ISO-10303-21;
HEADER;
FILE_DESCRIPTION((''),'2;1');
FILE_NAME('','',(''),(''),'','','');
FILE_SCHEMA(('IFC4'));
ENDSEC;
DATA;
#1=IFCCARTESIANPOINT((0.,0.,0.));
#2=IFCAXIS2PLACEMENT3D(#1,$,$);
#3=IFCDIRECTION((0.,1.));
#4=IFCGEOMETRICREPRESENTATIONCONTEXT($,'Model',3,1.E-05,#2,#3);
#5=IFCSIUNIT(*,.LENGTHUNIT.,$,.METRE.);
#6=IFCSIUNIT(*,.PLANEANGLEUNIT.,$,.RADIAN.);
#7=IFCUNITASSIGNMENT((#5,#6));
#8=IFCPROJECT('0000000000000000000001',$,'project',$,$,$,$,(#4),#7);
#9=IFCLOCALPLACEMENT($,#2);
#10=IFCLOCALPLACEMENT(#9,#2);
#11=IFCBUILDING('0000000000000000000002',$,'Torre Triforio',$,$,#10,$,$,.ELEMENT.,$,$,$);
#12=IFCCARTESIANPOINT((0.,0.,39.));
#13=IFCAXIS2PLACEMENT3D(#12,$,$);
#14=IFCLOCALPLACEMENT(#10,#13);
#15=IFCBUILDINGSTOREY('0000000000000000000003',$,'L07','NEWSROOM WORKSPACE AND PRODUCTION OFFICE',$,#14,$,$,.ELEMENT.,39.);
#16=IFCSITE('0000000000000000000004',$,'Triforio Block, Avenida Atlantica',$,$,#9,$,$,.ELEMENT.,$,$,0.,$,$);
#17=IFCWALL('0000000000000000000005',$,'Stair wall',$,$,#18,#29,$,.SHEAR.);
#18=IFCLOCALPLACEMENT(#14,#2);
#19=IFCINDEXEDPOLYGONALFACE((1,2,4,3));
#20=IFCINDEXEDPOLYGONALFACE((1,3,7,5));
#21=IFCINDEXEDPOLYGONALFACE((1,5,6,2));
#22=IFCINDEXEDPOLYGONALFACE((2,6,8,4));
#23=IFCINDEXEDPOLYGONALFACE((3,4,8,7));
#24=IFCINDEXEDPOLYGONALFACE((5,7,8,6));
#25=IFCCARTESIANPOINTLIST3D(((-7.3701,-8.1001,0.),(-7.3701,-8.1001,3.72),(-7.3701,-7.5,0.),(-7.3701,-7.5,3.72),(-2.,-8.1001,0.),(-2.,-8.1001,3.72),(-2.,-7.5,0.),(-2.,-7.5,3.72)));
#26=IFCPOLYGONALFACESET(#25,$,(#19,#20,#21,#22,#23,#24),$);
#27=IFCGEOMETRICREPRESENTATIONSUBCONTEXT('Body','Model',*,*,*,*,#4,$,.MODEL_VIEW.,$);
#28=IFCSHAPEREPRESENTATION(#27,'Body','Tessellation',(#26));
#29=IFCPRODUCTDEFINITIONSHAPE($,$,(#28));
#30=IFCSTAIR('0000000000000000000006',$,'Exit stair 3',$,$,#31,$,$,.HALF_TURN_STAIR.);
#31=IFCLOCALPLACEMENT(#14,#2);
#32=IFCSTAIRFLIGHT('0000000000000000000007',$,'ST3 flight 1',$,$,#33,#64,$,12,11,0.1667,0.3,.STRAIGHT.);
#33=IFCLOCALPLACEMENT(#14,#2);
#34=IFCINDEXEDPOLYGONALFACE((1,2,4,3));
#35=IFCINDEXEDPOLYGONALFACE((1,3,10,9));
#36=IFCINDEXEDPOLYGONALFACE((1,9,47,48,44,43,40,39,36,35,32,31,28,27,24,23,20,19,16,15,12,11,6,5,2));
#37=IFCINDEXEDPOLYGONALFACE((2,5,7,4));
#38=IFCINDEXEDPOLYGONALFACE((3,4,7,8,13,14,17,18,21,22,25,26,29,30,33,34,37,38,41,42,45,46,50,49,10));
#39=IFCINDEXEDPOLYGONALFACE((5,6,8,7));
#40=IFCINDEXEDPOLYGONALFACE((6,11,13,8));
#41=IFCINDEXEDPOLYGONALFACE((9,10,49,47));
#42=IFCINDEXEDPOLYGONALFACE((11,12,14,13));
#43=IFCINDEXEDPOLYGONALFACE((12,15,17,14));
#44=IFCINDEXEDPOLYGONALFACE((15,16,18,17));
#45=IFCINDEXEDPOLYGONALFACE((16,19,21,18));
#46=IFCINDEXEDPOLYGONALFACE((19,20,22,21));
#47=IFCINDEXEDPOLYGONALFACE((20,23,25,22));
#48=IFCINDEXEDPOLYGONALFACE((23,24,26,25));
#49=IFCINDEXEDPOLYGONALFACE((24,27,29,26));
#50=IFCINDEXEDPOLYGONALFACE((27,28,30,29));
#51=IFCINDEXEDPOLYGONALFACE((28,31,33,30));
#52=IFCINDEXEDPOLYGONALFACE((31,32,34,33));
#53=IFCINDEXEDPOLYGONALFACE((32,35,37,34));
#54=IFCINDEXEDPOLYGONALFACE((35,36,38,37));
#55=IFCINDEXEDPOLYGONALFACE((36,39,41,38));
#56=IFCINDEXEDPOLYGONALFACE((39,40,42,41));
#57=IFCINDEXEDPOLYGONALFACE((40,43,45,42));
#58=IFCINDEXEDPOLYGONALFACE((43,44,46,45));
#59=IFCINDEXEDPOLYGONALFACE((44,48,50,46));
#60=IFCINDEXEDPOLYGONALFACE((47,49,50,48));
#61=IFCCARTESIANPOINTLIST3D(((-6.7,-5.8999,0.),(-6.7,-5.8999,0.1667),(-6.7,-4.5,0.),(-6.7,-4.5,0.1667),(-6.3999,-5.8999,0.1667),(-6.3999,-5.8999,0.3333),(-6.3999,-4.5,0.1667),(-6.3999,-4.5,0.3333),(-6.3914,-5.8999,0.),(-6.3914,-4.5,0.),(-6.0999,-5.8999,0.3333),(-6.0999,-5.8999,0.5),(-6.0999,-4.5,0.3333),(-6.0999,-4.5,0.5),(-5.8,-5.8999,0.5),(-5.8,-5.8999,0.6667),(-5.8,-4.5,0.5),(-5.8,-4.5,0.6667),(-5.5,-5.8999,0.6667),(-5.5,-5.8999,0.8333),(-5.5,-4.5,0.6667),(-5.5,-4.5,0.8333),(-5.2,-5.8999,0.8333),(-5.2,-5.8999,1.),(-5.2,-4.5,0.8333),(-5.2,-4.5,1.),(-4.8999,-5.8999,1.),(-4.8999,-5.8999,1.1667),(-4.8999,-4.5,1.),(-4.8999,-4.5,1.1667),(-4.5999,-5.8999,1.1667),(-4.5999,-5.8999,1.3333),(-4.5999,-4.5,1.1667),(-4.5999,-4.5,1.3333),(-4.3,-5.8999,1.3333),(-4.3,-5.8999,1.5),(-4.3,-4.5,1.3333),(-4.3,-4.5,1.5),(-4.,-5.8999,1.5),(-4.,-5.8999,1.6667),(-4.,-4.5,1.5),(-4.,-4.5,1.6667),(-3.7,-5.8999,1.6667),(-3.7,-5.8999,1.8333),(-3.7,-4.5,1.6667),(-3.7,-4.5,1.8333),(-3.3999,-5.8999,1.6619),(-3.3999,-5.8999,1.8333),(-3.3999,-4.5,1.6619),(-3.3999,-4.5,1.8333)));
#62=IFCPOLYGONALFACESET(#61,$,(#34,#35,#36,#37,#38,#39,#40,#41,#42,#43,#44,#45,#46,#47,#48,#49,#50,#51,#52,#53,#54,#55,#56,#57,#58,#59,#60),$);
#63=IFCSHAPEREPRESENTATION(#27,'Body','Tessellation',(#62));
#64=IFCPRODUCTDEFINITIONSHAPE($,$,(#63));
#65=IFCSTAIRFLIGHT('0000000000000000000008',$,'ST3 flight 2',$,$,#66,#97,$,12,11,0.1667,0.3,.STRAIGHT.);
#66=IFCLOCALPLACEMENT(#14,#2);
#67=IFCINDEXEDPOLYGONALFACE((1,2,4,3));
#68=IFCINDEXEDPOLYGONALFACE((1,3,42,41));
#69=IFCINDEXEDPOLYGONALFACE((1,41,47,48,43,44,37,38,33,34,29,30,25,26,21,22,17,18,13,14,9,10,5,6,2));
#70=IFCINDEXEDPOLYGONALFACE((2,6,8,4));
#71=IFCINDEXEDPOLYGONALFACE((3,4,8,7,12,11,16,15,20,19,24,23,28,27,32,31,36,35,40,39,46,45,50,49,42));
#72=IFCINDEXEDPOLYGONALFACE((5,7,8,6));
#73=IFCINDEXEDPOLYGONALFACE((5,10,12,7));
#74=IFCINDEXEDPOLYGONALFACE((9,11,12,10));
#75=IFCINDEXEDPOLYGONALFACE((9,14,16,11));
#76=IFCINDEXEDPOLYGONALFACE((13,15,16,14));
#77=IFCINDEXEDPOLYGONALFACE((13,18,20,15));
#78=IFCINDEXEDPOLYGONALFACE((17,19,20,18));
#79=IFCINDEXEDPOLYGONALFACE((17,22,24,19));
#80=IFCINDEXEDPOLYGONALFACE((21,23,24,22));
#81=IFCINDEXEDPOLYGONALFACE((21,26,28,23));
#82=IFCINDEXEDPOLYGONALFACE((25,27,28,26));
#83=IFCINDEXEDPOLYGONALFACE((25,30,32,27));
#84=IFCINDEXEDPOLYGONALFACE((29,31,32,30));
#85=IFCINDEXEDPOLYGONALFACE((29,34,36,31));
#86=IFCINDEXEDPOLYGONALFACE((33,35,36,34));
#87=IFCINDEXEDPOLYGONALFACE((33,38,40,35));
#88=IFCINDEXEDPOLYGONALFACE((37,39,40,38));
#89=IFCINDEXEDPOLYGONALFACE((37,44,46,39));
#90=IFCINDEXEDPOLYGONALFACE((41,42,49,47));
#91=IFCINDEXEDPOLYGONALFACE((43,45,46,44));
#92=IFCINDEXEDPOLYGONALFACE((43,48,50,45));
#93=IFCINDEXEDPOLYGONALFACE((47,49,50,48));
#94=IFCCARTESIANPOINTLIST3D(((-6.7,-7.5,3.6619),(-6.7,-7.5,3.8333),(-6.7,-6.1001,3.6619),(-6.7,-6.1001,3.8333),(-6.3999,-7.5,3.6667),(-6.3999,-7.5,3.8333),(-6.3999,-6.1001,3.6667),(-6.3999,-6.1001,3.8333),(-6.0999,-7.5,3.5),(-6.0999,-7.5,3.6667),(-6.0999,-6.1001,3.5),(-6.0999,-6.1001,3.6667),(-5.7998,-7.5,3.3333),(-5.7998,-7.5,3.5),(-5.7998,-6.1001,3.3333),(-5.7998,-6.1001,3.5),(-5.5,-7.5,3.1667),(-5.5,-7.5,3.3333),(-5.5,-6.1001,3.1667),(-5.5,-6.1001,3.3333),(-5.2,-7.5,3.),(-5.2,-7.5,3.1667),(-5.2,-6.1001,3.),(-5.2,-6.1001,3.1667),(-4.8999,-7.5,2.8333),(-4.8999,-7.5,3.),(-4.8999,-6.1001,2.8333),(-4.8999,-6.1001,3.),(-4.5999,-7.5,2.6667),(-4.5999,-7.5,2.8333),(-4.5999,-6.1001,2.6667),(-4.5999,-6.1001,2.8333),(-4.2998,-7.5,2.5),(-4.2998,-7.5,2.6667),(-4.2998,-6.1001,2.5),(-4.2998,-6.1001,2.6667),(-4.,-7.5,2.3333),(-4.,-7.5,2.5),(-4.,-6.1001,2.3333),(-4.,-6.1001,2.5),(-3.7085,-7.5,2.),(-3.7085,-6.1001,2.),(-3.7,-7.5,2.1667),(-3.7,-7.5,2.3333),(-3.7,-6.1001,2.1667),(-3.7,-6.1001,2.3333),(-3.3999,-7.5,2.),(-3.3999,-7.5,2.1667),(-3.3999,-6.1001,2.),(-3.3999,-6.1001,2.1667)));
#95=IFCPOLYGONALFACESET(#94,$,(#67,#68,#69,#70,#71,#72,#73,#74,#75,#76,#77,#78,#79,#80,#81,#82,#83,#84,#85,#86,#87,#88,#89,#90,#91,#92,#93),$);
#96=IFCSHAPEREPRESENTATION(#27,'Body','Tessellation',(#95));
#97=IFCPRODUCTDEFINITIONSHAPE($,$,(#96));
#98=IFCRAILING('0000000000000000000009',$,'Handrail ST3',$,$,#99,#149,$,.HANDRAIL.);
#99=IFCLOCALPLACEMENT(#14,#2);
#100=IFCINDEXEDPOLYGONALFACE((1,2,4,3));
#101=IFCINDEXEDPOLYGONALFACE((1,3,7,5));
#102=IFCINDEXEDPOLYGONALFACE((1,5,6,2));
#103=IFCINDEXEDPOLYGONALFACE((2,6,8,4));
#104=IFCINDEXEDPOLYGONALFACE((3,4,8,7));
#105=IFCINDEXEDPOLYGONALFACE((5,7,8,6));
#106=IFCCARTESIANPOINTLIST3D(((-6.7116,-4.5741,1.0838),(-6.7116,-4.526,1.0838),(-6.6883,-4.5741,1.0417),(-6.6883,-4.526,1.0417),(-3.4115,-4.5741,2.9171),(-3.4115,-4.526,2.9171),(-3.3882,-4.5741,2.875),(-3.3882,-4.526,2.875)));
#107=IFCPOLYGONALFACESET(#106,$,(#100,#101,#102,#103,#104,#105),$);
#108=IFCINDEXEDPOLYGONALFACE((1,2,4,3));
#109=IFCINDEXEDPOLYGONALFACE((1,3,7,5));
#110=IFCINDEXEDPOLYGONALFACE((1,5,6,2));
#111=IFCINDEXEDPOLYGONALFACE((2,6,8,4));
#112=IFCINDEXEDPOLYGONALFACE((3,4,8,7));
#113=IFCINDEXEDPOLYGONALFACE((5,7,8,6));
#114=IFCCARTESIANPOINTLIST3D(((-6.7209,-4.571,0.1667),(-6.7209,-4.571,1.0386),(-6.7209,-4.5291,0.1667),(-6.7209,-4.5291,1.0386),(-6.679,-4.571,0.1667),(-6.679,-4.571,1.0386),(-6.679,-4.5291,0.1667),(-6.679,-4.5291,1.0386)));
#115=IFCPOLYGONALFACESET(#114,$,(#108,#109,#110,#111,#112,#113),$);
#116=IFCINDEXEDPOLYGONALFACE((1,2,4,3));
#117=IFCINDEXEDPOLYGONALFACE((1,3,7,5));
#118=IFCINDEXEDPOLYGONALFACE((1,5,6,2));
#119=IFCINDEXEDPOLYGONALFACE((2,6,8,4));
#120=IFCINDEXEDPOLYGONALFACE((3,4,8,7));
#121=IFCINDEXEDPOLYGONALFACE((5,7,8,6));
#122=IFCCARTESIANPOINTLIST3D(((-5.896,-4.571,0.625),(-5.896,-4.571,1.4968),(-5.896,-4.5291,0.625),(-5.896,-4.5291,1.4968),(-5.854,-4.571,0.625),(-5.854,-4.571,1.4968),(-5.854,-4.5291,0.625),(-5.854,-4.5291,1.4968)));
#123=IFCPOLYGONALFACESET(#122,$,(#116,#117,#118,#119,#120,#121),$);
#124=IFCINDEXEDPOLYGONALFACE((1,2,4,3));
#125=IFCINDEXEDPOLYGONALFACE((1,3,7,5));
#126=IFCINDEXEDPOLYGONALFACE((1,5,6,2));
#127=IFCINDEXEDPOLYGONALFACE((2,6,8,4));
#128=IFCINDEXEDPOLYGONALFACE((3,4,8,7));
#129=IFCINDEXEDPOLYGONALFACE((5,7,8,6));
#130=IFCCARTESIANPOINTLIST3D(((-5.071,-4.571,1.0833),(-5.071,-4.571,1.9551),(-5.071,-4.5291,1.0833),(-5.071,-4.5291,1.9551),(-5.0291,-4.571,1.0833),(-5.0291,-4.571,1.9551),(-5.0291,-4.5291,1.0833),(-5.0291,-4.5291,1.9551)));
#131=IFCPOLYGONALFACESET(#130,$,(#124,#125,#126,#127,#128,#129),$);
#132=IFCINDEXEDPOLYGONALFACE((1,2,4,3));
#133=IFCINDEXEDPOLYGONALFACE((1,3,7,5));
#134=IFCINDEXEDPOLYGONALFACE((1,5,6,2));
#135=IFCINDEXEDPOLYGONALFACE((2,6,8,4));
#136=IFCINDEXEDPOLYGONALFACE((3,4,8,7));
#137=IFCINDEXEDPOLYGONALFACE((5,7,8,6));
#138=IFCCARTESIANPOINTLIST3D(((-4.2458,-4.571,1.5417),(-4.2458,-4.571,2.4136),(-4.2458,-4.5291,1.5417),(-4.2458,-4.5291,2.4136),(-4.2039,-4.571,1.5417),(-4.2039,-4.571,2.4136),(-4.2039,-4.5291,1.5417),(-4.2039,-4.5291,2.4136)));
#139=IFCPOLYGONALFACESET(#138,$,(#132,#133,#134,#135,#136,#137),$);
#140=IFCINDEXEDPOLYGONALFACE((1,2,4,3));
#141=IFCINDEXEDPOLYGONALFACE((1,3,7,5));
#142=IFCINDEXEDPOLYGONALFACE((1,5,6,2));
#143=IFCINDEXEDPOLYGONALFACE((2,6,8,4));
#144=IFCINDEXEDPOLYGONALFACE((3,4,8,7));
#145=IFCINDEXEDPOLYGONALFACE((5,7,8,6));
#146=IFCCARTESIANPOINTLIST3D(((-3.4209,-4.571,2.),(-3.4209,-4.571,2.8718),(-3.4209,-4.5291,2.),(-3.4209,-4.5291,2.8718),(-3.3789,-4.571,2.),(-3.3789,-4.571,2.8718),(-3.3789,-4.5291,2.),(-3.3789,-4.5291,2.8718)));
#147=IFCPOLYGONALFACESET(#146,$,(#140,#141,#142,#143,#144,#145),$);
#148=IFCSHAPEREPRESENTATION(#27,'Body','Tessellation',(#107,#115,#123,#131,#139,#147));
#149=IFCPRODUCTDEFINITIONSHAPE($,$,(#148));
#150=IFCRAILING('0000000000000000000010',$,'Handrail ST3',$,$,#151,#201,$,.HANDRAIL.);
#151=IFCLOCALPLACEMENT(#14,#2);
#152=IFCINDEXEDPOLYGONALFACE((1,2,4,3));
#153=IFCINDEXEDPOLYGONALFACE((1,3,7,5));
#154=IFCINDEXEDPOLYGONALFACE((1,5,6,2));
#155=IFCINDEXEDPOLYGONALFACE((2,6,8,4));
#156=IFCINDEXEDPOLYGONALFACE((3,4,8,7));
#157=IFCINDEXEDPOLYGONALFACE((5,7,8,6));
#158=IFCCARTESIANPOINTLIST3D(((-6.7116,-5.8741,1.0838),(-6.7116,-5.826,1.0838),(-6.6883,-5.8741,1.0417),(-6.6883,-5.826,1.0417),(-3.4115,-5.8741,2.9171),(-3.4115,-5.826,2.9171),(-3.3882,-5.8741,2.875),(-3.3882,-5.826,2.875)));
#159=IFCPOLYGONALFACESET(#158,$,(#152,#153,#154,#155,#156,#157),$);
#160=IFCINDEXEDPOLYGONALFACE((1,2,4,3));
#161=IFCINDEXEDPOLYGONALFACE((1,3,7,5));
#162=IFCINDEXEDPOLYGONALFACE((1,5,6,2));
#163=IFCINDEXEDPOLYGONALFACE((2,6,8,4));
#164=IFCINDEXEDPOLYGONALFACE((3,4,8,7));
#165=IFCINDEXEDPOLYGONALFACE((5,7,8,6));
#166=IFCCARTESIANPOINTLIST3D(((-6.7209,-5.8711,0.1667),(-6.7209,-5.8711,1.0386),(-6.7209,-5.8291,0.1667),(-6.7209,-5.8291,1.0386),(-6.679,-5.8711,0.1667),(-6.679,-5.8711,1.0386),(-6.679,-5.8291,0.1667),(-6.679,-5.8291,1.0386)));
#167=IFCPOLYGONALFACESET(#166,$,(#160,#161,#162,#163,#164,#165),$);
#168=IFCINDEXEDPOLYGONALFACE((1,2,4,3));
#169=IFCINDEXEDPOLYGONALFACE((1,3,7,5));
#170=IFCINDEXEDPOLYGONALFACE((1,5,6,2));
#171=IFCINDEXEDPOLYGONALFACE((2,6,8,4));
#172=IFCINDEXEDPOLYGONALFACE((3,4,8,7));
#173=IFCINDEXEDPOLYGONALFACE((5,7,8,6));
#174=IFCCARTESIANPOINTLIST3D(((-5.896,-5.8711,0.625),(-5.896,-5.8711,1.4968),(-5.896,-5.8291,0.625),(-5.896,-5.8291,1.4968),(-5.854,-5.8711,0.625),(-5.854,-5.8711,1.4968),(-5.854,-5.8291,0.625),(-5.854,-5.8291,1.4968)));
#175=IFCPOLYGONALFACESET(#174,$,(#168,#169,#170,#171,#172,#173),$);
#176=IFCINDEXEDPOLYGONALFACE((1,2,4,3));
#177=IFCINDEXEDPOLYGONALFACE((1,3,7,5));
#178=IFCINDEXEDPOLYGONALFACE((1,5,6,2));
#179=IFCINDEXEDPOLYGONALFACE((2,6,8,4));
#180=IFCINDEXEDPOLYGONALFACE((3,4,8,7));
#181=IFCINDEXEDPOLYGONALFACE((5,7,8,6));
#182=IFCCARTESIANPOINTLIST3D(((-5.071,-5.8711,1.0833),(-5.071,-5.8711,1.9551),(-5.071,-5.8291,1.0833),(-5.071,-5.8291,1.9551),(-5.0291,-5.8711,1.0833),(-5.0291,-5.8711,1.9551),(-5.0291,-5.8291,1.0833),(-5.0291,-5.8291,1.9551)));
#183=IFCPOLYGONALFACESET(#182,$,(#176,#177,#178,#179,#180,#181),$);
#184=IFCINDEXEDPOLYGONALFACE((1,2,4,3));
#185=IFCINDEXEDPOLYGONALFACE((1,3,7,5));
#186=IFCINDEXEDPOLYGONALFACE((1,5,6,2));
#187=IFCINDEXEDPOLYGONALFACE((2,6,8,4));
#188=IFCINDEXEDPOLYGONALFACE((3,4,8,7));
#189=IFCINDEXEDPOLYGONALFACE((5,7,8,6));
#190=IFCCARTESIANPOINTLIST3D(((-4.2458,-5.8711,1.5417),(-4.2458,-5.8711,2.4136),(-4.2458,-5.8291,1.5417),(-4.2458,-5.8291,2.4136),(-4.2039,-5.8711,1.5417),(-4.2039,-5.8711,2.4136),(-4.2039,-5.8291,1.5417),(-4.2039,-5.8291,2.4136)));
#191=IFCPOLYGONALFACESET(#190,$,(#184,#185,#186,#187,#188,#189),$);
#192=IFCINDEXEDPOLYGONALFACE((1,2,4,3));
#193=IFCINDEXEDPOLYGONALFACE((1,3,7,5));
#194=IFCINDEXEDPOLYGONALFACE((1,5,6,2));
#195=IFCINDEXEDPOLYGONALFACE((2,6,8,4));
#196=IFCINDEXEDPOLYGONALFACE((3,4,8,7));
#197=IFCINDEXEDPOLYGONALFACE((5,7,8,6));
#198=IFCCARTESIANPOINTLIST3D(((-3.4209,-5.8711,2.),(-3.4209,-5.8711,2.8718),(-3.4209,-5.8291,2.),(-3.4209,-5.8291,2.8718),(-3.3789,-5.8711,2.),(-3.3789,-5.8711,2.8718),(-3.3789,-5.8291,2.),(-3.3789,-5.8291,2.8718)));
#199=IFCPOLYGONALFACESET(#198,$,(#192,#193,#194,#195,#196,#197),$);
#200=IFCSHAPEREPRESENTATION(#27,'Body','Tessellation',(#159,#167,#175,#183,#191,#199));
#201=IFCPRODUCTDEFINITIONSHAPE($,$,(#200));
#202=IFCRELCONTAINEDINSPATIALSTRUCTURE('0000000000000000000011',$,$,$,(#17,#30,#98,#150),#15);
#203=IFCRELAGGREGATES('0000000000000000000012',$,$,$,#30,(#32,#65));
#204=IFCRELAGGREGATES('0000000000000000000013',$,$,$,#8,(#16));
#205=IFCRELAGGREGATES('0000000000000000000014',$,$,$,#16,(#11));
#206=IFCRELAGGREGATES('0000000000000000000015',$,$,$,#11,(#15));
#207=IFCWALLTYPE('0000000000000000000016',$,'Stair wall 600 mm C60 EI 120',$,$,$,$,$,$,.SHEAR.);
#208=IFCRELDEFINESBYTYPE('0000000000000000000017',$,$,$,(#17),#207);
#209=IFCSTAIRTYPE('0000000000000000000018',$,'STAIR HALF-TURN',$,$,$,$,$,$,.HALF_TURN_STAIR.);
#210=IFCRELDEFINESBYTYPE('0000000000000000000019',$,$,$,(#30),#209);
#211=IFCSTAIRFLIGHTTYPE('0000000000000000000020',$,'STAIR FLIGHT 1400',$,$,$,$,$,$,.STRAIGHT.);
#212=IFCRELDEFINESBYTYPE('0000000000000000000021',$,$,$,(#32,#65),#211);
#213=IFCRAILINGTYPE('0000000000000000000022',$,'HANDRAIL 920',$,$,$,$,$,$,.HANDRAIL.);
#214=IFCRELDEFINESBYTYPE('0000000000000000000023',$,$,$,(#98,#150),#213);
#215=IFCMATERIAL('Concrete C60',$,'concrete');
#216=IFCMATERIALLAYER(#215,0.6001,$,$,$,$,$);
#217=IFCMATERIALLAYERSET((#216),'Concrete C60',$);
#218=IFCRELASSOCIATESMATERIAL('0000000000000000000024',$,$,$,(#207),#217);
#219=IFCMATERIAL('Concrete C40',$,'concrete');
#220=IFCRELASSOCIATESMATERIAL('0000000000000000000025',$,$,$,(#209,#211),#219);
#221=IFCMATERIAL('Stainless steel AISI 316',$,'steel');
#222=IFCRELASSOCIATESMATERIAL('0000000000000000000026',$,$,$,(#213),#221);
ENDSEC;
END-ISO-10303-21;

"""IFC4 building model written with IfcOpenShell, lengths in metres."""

from ifc_helpers import new_model, si_unit, direction, frame, frame_2d, origin, origin_2d, place, context, subcontext, project, spatial, polyline, rectangle, outline, extrude, material, layer, layer_set, type_object, element, aggregate, save


model = new_model("IFC4")

# Units and contexts
model_context = context("Model", 3, precision=1e-05, world=origin(), true_north=direction((0.0, 1.0)))
body_context = subcontext(model_context, "Body", "Model", "MODEL_VIEW")
ifc_project = project(units=[si_unit("LENGTHUNIT", "METRE"), si_unit("PLANEANGLEUNIT", "RADIAN")], contexts=[model_context])

# Site, building, storey
site_placement = place(None, origin())
site = spatial("IfcSite", under=ifc_project, at=site_placement, Name="Triforio Block, Avenida Atlantica", CompositionType="ELEMENT", RefElevation=0.0)
building_placement = place(site_placement, origin())
building = spatial("IfcBuilding", under=site, at=building_placement, Name="Torre Triforio", CompositionType="ELEMENT")
storey_placement = place(building_placement, frame((0.0, 0.0, 39.0)))
storey = spatial("IfcBuildingStorey", under=building, at=storey_placement, Name="L07", Description="NEWSROOM WORKSPACE AND PRODUCTION OFFICE", CompositionType="ELEMENT", Elevation=39.0)

# Shared definitions
ifc_material_1 = material(Name="Concrete C60", Category="concrete")

# Wall
ifc_layer_1 = layer(ifc_material_1, 0.6001)
ifc_layer_set_1 = layer_set([ifc_layer_1], Name="Concrete C60")
wall_type_1 = type_object("IfcWallType", Name="Stair wall 600 mm C60 EI 120", PredefinedType="SHEAR", material=ifc_layer_set_1)
wall_1_placement = place(storey_placement, frame((-7.3701, -7.8, 0.0), z_axis=(0.0, 0.0, 1.0), x_axis=(1.0, 0.0, 0.0)))
element("IfcWall", 1, at=wall_1_placement, inside=storey, type_object=wall_type_1, Name="Stair wall", PredefinedType="SHEAR", context=body_context, shape_type="SweptSolid", body=[
    extrude(rectangle(XDim=5.3701, YDim=0.6001, at=frame_2d((2.6851, 0.0))), origin(), (0.0, 0.0, 1.0), 3.72),
])

# Stair, stair flights
ifc_material_2 = material(Name="Concrete C40", Category="concrete")
stair_type = type_object("IfcStairType", Name="STAIR HALF-TURN", PredefinedType="HALF_TURN_STAIR", material=ifc_material_2)
stair_placement = place(storey_placement, origin())
stair = element("IfcStair", 2, at=stair_placement, inside=storey, type_object=stair_type, Name="Exit stair 3", PredefinedType="HALF_TURN_STAIR")
stair_flight_type = type_object("IfcStairFlightType", Name="STAIR FLIGHT 1400", PredefinedType="STRAIGHT", material=ifc_material_2)
stair_flight_1_placement = place(storey_placement, frame((-6.7, -5.2, 0.0), z_axis=(0.0, 0.0, 1.0), x_axis=(1.0, 0.0, 0.0)))
stair_flight_1 = element("IfcStairFlight", 3, at=stair_flight_1_placement, type_object=stair_flight_type, Name="ST3 flight 1", NumberOfRisers=12, NumberOfTreads=11, PredefinedType="STRAIGHT", RiserHeight=0.1667, TreadLength=0.3, context=body_context, shape_type="SweptSolid", body=[
    extrude(outline(polyline([(0.0, 0.0), (0.0, 0.1667), (0.3, 0.1667), (0.3, 0.3333), (0.6001, 0.3333), (0.6001, 0.5), (0.8999, 0.5), (0.8999, 0.6667), (1.2, 0.6667), (1.2, 0.8333), (1.5, 0.8333), (1.5, 1.0), (1.8, 1.0), (1.8, 1.1667), (2.1001, 1.1667), (2.1001, 1.3333), (2.3999, 1.3333), (2.3999, 1.5), (2.7, 1.5), (2.7, 1.6667), (3.0, 1.6667), (3.0, 1.8333), (3.3, 1.8333), (3.3, 2.0), (3.3, 1.6619), (0.3086, 0.0), (0.0, 0.0)])), frame((0.0, 0.7, 0.0), z_axis=(0.0, -1.0, 0.0), x_axis=(1.0, 0.0, 0.0)), (0.0, 0.0, 1.0), 1.3999),
])
stair_flight_2_placement = place(storey_placement, frame((-3.3999, -6.8, 2.0), z_axis=(0.0, 0.0, 1.0), x_axis=(-1.0, 0.0, 0.0)))
stair_flight_2 = element("IfcStairFlight", 4, at=stair_flight_2_placement, type_object=stair_flight_type, Name="ST3 flight 2", NumberOfRisers=12, NumberOfTreads=11, PredefinedType="STRAIGHT", RiserHeight=0.1667, TreadLength=0.3, context=body_context, shape_type="SweptSolid", body=[
    extrude(outline(polyline([(0.0, 0.0), (0.0, 0.1667), (0.3, 0.1667), (0.3, 0.3333), (0.6001, 0.3333), (0.6001, 0.5), (0.8999, 0.5), (0.8999, 0.6667), (1.2, 0.6667), (1.2, 0.8333), (1.5, 0.8333), (1.5, 1.0), (1.8, 1.0), (1.8, 1.1667), (2.1001, 1.1667), (2.1001, 1.3333), (2.3999, 1.3333), (2.3999, 1.5), (2.7, 1.5), (2.7, 1.6667), (3.0, 1.6667), (3.0, 1.8333), (3.3, 1.8333), (3.3, 2.0), (3.3, 1.6619), (0.3086, 0.0), (0.0, 0.0)])), frame((0.0, 0.7, 0.0), z_axis=(0.0, -1.0, 0.0), x_axis=(1.0, 0.0, 0.0)), (0.0, 0.0, 1.0), 1.3999),
])
aggregate(stair, [stair_flight_1, stair_flight_2])

# Railings
ifc_material_3 = material(Name="Stainless steel AISI 316", Category="steel")
railing_type = type_object("IfcRailingType", Name="HANDRAIL 920", PredefinedType="HANDRAIL", material=ifc_material_3)
for number, where, name in (
    (5, (-6.7, -4.55, 0.1667), "Handrail ST3"),
    (6, (-6.7, -5.8501, 0.1667), "Handrail ST3"),
):
    element("IfcRailing", number, at=place(storey_placement, frame(where)), inside=storey, type_object=railing_type, Name=name, PredefinedType="HANDRAIL", context=body_context, shape_type="SweptSolid", body=[
        extrude(rectangle(XDim=0.0481, YDim=0.0481, at=origin_2d()), frame((0.0, 0.0, 0.896), z_axis=(0.874169, 0.0, 0.485621), x_axis=(0.0, 1.0, 0.0)), (0.0, 0.0, 1.0), 3.7751),
        extrude(rectangle(XDim=0.042, YDim=0.042, at=origin_2d()), origin(), (0.0, 0.0, 1.0), 0.8718),
        extrude(rectangle(XDim=0.042, YDim=0.042, at=origin_2d()), frame((0.825, 0.0, 0.4583)), (0.0, 0.0, 1.0), 0.8718),
        extrude(rectangle(XDim=0.042, YDim=0.042, at=origin_2d()), frame((1.6499, 0.0, 0.9165)), (0.0, 0.0, 1.0), 0.8718),
        extrude(rectangle(XDim=0.042, YDim=0.042, at=origin_2d()), frame((2.4751, 0.0, 1.375)), (0.0, 0.0, 1.0), 0.8718),
        extrude(rectangle(XDim=0.042, YDim=0.042, at=origin_2d()), frame((3.3, 0.0, 1.8333)), (0.0, 0.0, 1.0), 0.8718),
    ])

save(model, "model.ifc")
